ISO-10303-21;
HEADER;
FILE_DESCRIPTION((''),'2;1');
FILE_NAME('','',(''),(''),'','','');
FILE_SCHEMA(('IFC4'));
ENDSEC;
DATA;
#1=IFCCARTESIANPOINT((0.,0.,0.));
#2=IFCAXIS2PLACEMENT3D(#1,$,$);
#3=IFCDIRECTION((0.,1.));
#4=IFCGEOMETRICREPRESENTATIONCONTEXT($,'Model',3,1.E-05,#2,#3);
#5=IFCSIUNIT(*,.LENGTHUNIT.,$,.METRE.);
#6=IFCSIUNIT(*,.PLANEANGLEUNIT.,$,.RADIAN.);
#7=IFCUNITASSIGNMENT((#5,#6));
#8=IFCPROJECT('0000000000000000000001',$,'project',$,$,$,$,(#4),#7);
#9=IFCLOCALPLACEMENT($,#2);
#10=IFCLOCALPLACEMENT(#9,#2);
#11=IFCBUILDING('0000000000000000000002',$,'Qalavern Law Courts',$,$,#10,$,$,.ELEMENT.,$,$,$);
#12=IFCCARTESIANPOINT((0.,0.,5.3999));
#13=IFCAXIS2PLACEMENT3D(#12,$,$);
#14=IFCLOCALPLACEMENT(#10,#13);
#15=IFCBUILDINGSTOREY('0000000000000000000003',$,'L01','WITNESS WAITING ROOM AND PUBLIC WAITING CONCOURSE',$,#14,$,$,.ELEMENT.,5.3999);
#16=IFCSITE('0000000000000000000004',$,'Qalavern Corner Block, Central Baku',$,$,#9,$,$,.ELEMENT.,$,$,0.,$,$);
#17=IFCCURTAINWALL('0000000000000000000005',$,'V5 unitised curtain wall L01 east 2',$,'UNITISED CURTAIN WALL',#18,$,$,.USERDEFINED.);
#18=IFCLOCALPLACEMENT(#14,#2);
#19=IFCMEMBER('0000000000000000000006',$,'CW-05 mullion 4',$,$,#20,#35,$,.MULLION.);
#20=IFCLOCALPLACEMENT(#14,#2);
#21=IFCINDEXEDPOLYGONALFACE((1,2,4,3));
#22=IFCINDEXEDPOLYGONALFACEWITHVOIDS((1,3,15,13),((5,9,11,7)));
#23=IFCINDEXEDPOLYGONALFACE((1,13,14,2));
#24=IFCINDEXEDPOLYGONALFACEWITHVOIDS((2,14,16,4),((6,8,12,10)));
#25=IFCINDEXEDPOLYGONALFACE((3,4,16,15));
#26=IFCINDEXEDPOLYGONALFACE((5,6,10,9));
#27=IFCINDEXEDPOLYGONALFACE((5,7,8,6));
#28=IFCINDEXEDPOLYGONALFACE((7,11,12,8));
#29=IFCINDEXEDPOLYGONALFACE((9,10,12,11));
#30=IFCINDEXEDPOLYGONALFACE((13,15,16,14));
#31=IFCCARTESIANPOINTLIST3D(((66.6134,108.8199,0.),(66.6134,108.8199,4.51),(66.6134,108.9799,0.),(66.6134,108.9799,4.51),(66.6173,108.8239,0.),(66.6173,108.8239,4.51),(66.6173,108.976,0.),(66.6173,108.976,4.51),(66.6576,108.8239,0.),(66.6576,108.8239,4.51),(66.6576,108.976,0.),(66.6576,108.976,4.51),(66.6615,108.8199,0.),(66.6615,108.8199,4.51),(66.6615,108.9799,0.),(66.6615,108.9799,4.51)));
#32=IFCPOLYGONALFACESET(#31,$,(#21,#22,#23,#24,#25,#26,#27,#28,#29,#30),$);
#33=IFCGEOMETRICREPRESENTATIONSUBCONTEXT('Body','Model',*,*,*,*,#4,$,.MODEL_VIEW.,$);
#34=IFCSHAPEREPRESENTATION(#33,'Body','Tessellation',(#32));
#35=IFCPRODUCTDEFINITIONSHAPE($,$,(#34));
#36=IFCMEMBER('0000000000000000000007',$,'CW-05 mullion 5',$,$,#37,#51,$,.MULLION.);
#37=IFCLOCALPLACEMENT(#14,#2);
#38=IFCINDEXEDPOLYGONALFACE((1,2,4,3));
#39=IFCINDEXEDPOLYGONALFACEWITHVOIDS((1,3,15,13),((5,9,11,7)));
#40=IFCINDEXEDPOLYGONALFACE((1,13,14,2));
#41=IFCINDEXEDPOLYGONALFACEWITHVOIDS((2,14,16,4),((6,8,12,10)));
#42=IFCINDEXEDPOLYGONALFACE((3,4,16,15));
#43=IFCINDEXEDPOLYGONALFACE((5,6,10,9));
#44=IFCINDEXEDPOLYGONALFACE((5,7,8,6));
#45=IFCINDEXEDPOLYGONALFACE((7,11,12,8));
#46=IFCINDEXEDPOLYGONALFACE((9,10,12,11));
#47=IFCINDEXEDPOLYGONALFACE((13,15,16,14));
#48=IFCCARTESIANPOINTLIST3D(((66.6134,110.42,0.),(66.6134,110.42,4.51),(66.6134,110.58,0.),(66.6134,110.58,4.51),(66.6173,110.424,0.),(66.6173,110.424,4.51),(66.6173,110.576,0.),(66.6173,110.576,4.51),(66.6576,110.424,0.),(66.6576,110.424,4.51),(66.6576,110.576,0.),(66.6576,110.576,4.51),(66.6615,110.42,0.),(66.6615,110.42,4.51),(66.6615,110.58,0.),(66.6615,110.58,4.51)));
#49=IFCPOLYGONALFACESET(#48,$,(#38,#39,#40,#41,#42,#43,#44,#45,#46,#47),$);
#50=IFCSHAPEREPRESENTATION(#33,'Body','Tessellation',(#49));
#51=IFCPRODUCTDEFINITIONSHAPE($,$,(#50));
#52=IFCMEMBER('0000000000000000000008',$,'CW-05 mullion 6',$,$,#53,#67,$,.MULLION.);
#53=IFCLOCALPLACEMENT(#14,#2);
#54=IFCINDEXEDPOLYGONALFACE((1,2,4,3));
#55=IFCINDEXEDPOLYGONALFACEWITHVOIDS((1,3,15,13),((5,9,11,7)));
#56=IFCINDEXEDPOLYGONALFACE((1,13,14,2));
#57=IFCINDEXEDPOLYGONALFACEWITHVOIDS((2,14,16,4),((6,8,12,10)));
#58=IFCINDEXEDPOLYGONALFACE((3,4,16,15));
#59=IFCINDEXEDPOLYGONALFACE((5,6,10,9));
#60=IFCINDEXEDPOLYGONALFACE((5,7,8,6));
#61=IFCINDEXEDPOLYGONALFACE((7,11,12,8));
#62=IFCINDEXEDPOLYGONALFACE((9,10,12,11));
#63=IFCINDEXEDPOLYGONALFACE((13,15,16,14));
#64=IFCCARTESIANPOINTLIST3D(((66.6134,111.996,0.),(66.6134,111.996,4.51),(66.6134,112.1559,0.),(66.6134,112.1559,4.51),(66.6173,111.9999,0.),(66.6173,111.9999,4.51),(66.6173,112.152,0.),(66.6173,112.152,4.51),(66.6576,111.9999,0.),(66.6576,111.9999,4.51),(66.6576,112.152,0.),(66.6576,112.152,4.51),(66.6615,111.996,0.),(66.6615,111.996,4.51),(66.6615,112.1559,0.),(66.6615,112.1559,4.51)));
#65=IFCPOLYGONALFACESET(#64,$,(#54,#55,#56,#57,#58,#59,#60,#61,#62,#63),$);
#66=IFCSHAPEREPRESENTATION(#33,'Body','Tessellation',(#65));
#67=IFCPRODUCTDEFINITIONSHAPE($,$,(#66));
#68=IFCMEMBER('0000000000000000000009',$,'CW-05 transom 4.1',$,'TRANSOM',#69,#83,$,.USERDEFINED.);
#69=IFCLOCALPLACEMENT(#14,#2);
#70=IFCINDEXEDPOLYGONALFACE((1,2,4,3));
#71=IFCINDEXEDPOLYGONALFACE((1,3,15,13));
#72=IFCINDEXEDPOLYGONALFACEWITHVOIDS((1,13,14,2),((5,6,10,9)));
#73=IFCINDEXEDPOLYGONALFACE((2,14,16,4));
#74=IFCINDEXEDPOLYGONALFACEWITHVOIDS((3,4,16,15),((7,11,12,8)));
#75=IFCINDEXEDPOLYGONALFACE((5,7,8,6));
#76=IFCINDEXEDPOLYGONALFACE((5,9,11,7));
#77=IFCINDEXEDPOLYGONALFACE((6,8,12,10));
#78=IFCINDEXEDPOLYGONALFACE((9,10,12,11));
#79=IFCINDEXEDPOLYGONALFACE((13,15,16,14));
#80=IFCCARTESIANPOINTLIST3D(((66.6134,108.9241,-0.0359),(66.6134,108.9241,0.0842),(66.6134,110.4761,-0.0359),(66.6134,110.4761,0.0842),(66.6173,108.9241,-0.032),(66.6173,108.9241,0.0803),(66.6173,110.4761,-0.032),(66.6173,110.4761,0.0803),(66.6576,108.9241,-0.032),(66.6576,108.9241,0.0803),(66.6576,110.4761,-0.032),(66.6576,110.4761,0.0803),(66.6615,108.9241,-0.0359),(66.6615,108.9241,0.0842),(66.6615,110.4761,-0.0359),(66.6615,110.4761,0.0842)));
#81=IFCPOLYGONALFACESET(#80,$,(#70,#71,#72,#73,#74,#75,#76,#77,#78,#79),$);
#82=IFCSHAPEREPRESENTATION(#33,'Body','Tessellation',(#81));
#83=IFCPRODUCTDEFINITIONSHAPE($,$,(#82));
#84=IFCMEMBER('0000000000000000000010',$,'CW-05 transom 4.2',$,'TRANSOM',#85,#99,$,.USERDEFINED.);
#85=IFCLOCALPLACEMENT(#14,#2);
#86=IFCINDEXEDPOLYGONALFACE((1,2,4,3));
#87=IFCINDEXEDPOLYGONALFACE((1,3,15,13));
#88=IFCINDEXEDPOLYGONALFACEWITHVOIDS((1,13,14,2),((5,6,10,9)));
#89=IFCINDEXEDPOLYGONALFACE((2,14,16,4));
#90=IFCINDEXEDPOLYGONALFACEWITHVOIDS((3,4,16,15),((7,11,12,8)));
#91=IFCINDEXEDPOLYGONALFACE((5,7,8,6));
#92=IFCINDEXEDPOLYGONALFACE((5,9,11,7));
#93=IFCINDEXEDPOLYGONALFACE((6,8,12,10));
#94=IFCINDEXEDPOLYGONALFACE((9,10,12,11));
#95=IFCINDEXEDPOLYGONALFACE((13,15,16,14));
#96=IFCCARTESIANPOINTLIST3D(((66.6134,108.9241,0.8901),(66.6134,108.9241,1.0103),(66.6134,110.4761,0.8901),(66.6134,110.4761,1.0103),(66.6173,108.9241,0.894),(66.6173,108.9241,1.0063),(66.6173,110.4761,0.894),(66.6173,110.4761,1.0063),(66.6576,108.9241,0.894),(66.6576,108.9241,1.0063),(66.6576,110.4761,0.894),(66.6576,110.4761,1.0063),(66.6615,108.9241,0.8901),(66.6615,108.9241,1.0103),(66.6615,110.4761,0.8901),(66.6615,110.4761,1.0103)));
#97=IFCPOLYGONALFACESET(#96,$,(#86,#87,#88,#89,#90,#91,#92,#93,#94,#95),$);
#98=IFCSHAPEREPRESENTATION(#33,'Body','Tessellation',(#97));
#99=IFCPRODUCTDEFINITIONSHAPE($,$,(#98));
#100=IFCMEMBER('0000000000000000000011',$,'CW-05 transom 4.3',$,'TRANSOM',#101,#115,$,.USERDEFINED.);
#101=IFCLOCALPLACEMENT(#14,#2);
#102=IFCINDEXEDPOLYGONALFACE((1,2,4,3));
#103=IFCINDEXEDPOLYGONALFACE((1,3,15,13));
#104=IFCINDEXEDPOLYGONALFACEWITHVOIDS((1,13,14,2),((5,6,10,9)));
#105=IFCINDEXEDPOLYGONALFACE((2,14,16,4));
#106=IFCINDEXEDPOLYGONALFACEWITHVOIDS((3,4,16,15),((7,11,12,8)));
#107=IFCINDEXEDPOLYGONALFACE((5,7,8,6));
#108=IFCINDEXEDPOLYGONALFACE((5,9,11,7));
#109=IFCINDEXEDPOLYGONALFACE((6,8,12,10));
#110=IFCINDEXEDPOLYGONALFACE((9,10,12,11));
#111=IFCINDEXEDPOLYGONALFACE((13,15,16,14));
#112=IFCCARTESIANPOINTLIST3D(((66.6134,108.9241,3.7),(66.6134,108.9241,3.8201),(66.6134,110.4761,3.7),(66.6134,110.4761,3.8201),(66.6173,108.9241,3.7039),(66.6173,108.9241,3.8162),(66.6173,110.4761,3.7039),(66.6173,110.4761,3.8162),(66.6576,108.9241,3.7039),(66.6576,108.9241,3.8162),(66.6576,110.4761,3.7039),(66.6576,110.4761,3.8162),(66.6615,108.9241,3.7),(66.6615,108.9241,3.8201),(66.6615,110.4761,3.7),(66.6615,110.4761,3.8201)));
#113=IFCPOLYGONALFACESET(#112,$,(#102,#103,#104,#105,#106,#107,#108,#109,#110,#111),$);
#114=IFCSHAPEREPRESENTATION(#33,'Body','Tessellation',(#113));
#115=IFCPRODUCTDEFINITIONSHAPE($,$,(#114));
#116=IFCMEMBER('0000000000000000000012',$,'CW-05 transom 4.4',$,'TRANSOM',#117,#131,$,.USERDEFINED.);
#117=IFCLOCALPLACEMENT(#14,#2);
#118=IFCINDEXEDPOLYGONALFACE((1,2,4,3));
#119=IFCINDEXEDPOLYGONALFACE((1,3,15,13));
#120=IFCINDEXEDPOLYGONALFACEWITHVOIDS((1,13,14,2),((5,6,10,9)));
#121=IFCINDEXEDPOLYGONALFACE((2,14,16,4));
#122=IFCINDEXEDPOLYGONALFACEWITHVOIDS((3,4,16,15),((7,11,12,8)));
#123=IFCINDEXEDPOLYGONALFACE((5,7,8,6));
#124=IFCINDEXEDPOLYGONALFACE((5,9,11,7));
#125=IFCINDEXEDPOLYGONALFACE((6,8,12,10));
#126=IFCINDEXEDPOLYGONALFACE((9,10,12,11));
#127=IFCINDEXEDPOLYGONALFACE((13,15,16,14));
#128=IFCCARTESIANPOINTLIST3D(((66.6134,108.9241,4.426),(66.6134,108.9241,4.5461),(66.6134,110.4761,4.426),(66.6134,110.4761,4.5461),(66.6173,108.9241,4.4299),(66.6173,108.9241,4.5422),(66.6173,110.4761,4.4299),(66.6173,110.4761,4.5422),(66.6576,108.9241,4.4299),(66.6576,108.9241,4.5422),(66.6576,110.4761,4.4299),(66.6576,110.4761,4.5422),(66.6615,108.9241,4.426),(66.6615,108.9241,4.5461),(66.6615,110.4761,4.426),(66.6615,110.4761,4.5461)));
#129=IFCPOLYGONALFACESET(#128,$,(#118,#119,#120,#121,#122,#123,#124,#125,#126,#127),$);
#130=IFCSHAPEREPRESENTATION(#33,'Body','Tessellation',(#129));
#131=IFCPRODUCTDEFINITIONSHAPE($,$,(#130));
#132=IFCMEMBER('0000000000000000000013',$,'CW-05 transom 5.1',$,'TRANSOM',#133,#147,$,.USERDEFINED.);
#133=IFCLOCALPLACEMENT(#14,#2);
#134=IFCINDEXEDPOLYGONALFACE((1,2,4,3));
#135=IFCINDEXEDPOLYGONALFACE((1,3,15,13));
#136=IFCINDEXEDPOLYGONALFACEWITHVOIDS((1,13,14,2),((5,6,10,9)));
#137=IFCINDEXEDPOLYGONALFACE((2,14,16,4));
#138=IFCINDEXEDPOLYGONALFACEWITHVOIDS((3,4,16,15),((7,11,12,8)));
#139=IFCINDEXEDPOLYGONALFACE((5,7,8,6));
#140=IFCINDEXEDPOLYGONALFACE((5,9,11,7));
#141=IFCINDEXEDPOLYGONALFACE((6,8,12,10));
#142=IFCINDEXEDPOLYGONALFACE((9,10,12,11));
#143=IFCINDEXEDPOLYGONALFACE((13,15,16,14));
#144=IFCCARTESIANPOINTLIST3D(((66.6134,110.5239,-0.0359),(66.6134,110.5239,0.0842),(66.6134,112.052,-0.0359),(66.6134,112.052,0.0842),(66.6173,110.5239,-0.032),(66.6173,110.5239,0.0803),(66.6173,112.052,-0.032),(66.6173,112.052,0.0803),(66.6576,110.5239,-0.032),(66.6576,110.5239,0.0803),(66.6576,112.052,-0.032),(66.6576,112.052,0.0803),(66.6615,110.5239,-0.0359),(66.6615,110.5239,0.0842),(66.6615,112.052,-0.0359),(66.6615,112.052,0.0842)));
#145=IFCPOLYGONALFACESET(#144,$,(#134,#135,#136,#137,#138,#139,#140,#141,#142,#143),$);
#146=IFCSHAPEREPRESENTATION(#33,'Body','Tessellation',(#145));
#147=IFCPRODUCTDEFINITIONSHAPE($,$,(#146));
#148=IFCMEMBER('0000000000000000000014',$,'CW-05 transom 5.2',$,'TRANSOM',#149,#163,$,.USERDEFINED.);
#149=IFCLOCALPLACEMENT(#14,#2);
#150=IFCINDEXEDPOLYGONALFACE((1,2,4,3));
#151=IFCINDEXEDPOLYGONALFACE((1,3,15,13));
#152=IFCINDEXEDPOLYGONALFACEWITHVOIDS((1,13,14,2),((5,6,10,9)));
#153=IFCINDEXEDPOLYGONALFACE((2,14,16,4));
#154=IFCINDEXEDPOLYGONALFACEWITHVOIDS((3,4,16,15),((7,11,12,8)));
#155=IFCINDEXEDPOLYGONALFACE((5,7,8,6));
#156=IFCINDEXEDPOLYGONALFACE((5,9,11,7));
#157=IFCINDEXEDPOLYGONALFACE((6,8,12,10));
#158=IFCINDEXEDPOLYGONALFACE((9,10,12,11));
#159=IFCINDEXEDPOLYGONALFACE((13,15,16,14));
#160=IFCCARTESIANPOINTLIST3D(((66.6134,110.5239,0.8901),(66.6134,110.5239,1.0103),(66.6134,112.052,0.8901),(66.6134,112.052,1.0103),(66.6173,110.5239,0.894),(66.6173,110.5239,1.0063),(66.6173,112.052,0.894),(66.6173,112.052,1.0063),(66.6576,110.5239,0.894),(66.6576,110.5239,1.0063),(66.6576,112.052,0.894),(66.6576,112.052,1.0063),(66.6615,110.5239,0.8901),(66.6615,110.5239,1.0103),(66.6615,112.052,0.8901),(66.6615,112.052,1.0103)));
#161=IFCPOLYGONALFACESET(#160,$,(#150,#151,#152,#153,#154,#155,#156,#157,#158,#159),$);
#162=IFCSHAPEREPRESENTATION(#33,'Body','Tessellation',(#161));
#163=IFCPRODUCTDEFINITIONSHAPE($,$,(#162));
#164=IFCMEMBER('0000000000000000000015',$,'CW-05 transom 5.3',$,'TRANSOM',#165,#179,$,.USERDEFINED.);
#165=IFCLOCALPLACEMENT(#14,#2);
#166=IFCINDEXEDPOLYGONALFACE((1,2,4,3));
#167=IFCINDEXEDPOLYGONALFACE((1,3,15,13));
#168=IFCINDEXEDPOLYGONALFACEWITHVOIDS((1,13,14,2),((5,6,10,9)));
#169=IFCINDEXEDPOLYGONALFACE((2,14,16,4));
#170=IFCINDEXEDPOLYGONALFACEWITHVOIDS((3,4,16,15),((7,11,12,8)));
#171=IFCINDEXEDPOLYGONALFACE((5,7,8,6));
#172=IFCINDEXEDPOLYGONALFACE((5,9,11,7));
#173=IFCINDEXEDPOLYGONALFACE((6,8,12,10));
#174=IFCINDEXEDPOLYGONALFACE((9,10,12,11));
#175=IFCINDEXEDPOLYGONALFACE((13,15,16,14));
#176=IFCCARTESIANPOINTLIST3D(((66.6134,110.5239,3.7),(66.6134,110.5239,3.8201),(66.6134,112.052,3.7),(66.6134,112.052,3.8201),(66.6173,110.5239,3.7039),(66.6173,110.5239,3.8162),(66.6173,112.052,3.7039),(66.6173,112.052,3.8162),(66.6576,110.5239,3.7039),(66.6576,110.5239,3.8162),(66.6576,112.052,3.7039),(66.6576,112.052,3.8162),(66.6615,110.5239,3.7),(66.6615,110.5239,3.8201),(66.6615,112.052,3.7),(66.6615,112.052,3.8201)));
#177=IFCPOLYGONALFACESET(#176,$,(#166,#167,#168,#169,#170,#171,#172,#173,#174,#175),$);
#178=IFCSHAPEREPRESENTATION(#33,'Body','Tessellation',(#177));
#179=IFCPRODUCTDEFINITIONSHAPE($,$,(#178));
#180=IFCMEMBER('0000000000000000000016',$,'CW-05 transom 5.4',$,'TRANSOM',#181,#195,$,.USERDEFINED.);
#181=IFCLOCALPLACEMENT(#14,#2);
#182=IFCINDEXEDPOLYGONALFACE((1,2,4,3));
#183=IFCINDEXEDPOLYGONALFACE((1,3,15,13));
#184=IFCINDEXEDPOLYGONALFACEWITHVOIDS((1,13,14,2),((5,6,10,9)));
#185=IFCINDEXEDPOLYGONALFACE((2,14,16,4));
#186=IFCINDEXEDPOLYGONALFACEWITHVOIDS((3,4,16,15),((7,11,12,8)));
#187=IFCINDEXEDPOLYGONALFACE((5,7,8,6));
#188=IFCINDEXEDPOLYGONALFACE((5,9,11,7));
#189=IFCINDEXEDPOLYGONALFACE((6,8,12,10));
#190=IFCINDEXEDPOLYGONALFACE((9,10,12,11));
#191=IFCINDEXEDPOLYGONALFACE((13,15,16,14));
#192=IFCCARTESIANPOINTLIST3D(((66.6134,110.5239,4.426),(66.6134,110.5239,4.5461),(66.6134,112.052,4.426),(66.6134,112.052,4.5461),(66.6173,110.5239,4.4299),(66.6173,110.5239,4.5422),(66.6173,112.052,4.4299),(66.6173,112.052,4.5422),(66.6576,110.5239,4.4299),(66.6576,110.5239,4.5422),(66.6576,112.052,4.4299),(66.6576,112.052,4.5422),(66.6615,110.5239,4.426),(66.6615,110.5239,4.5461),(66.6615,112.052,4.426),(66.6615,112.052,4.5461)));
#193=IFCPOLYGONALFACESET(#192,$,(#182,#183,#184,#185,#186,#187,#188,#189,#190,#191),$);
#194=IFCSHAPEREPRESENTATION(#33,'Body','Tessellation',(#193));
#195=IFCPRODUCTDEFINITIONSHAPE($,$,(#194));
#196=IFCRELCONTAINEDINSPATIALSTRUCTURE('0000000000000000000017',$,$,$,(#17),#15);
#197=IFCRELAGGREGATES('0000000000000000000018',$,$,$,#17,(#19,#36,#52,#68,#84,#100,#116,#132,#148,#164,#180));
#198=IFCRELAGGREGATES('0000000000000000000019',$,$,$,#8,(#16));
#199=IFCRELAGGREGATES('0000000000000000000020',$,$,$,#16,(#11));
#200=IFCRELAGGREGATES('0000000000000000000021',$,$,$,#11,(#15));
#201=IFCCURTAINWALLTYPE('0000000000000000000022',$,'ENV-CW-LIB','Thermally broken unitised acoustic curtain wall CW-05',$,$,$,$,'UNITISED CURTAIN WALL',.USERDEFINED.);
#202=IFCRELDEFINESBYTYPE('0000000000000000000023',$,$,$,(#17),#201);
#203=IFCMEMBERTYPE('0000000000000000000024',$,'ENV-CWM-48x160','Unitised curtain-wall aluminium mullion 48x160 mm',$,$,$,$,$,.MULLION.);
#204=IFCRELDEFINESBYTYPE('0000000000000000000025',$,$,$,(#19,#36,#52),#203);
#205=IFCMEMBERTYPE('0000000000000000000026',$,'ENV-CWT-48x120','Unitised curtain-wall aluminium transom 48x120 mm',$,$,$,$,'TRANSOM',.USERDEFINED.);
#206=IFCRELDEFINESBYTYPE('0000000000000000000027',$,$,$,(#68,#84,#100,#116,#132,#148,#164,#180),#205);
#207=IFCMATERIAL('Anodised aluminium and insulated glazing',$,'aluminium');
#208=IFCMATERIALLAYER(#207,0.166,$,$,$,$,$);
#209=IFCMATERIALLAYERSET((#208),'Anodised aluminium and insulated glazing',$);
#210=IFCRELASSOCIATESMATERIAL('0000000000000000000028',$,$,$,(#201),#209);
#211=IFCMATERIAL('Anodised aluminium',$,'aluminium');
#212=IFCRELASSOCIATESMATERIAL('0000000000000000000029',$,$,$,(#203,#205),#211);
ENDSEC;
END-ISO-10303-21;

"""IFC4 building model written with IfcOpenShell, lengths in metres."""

from ifc_helpers import new_model, si_unit, direction, frame, origin, origin_2d, place, context, subcontext, project, spatial, hollow_rectangle, extrude, material, layer, layer_set, material_profile, profile_set, type_object, element, aggregate, save


model = new_model("IFC4")

# Units and contexts
model_context = context("Model", 3, precision=1e-05, world=origin(), true_north=direction((0.0, 1.0)))
body_context = subcontext(model_context, "Body", "Model", "MODEL_VIEW")
ifc_project = project(units=[si_unit("LENGTHUNIT", "METRE"), si_unit("PLANEANGLEUNIT", "RADIAN")], contexts=[model_context])

# Site, building, storey
site_placement = place(None, origin())
site = spatial("IfcSite", under=ifc_project, at=site_placement, Name="Qalavern Corner Block, Central Baku", CompositionType="ELEMENT", RefElevation=0.0)
building_placement = place(site_placement, origin())
building = spatial("IfcBuilding", under=site, at=building_placement, Name="Qalavern Law Courts", CompositionType="ELEMENT")
storey_placement = place(building_placement, frame((0.0, 0.0, 5.3999)))
storey = spatial("IfcBuildingStorey", under=building, at=storey_placement, Name="L01", Description="WITNESS WAITING ROOM AND PUBLIC WAITING CONCOURSE", CompositionType="ELEMENT", Elevation=5.3999)

# Curtain wall, members
ifc_material_1 = material(Name="Anodised aluminium and insulated glazing", Category="aluminium")
ifc_layer_1 = layer(ifc_material_1, 0.166)
ifc_layer_set_1 = layer_set([ifc_layer_1], Name="Anodised aluminium and insulated glazing")
curtain_wall_type = type_object("IfcCurtainWallType", Name="ENV-CW-LIB", Description="Thermally broken unitised acoustic curtain wall CW-05", ElementType="UNITISED CURTAIN WALL", PredefinedType="USERDEFINED", material=ifc_layer_set_1)
curtain_wall_placement = place(storey_placement, origin())
curtain_wall = element("IfcCurtainWall", 1, at=curtain_wall_placement, inside=storey, type_object=curtain_wall_type, Name="V5 unitised curtain wall L01 east 2", ObjectType="UNITISED CURTAIN WALL", PredefinedType="USERDEFINED")
ifc_material_2 = material(Name="Anodised aluminium", Category="aluminium")
ifc_material_profile_1 = material_profile(ifc_material_2, hollow_rectangle(XDim=0.0481, YDim=0.1599, WallThickness=0.0039, at=origin_2d()), Name="ALU MULLION 48x160")
ifc_profile_set_1 = profile_set([ifc_material_profile_1], Name="Anodised aluminium")
member_type_1 = type_object("IfcMemberType", Name="ENV-CWM-48x160", Description="Unitised curtain-wall aluminium mullion 48x160 mm", PredefinedType="MULLION", material=ifc_profile_set_1)
member_1_placement = place(storey_placement, frame((66.6375, 108.8999, 0.0), z_axis=(0.0, 0.0, 1.0), x_axis=(-1.0, 0.0, 0.0)))
member_1 = element("IfcMember", 2, at=member_1_placement, type_object=member_type_1, Name="CW-05 mullion 4", PredefinedType="MULLION", context=body_context, shape_type="SweptSolid", body=[
    extrude(hollow_rectangle(XDim=0.0481, YDim=0.1599, WallThickness=0.0039, at=origin_2d()), origin(), (0.0, 0.0, 1.0), 4.51),
])
member_2_placement = place(storey_placement, frame((66.6375, 110.5, 0.0), z_axis=(0.0, 0.0, 1.0), x_axis=(-1.0, 0.0, 0.0)))
member_2 = element("IfcMember", 3, at=member_2_placement, type_object=member_type_1, Name="CW-05 mullion 5", PredefinedType="MULLION", context=body_context, shape_type="SweptSolid", body=[
    extrude(hollow_rectangle(XDim=0.0481, YDim=0.1599, WallThickness=0.0039, at=origin_2d()), origin(), (0.0, 0.0, 1.0), 4.51),
])
member_3_placement = place(storey_placement, frame((66.6375, 112.0759, 0.0), z_axis=(0.0, 0.0, 1.0), x_axis=(-1.0, 0.0, 0.0)))
member_3 = element("IfcMember", 4, at=member_3_placement, type_object=member_type_1, Name="CW-05 mullion 6", PredefinedType="MULLION", context=body_context, shape_type="SweptSolid", body=[
    extrude(hollow_rectangle(XDim=0.0481, YDim=0.1599, WallThickness=0.0039, at=origin_2d()), origin(), (0.0, 0.0, 1.0), 4.51),
])
ifc_material_profile_2 = material_profile(ifc_material_2, hollow_rectangle(XDim=0.0481, YDim=0.1201, WallThickness=0.0039, at=origin_2d()), Name="ALU TRANSOM 48x120")
ifc_profile_set_2 = profile_set([ifc_material_profile_2], Name="Anodised aluminium")
member_type_2 = type_object("IfcMemberType", Name="ENV-CWT-48x120", Description="Unitised curtain-wall aluminium transom 48x120 mm", ElementType="TRANSOM", PredefinedType="USERDEFINED", material=ifc_profile_set_2)
member_4_placement = place(storey_placement, frame((66.6375, 108.9241, 0.0242), z_axis=(0.0, 1.0, 0.0), x_axis=(-1.0, 0.0, 0.0)))
member_4 = element("IfcMember", 5, at=member_4_placement, type_object=member_type_2, Name="CW-05 transom 4.1", ObjectType="TRANSOM", PredefinedType="USERDEFINED", context=body_context, shape_type="SweptSolid", body=[
    extrude(hollow_rectangle(XDim=0.0481, YDim=0.1201, WallThickness=0.0039, at=origin_2d()), origin(), (0.0, 0.0, 1.0), 1.552),
])
member_5_placement = place(storey_placement, frame((66.6375, 108.9241, 0.9502), z_axis=(0.0, 1.0, 0.0), x_axis=(-1.0, 0.0, 0.0)))
member_5 = element("IfcMember", 6, at=member_5_placement, type_object=member_type_2, Name="CW-05 transom 4.2", ObjectType="TRANSOM", PredefinedType="USERDEFINED", context=body_context, shape_type="SweptSolid", body=[
    extrude(hollow_rectangle(XDim=0.0481, YDim=0.1201, WallThickness=0.0039, at=origin_2d()), origin(), (0.0, 0.0, 1.0), 1.552),
])
member_6_placement = place(storey_placement, frame((66.6375, 108.9241, 3.76), z_axis=(0.0, 1.0, 0.0), x_axis=(-1.0, 0.0, 0.0)))
member_6 = element("IfcMember", 7, at=member_6_placement, type_object=member_type_2, Name="CW-05 transom 4.3", ObjectType="TRANSOM", PredefinedType="USERDEFINED", context=body_context, shape_type="SweptSolid", body=[
    extrude(hollow_rectangle(XDim=0.0481, YDim=0.1201, WallThickness=0.0039, at=origin_2d()), origin(), (0.0, 0.0, 1.0), 1.552),
])
member_7_placement = place(storey_placement, frame((66.6375, 108.9241, 4.4861), z_axis=(0.0, 1.0, 0.0), x_axis=(-1.0, 0.0, 0.0)))
member_7 = element("IfcMember", 8, at=member_7_placement, type_object=member_type_2, Name="CW-05 transom 4.4", ObjectType="TRANSOM", PredefinedType="USERDEFINED", context=body_context, shape_type="SweptSolid", body=[
    extrude(hollow_rectangle(XDim=0.0481, YDim=0.1201, WallThickness=0.0039, at=origin_2d()), origin(), (0.0, 0.0, 1.0), 1.552),
])
member_8_placement = place(storey_placement, frame((66.6375, 110.5239, 0.0242), z_axis=(0.0, 1.0, 0.0), x_axis=(-1.0, 0.0, 0.0)))
member_8 = element("IfcMember", 9, at=member_8_placement, type_object=member_type_2, Name="CW-05 transom 5.1", ObjectType="TRANSOM", PredefinedType="USERDEFINED", context=body_context, shape_type="SweptSolid", body=[
    extrude(hollow_rectangle(XDim=0.0481, YDim=0.1201, WallThickness=0.0039, at=origin_2d()), origin(), (0.0, 0.0, 1.0), 1.5281),
])
member_9_placement = place(storey_placement, frame((66.6375, 110.5239, 0.9502), z_axis=(0.0, 1.0, 0.0), x_axis=(-1.0, 0.0, 0.0)))
member_9 = element("IfcMember", 10, at=member_9_placement, type_object=member_type_2, Name="CW-05 transom 5.2", ObjectType="TRANSOM", PredefinedType="USERDEFINED", context=body_context, shape_type="SweptSolid", body=[
    extrude(hollow_rectangle(XDim=0.0481, YDim=0.1201, WallThickness=0.0039, at=origin_2d()), origin(), (0.0, 0.0, 1.0), 1.5281),
])
member_10_placement = place(storey_placement, frame((66.6375, 110.5239, 3.76), z_axis=(0.0, 1.0, 0.0), x_axis=(-1.0, 0.0, 0.0)))
member_10 = element("IfcMember", 11, at=member_10_placement, type_object=member_type_2, Name="CW-05 transom 5.3", ObjectType="TRANSOM", PredefinedType="USERDEFINED", context=body_context, shape_type="SweptSolid", body=[
    extrude(hollow_rectangle(XDim=0.0481, YDim=0.1201, WallThickness=0.0039, at=origin_2d()), origin(), (0.0, 0.0, 1.0), 1.5281),
])
member_11_placement = place(storey_placement, frame((66.6375, 110.5239, 4.4861), z_axis=(0.0, 1.0, 0.0), x_axis=(-1.0, 0.0, 0.0)))
member_11 = element("IfcMember", 12, at=member_11_placement, type_object=member_type_2, Name="CW-05 transom 5.4", ObjectType="TRANSOM", PredefinedType="USERDEFINED", context=body_context, shape_type="SweptSolid", body=[
    extrude(hollow_rectangle(XDim=0.0481, YDim=0.1201, WallThickness=0.0039, at=origin_2d()), origin(), (0.0, 0.0, 1.0), 1.5281),
])
aggregate(curtain_wall, [member_1, member_2, member_3, member_4, member_5, member_6, member_7, member_8, member_9, member_10, member_11])

save(model, "model.ifc")
